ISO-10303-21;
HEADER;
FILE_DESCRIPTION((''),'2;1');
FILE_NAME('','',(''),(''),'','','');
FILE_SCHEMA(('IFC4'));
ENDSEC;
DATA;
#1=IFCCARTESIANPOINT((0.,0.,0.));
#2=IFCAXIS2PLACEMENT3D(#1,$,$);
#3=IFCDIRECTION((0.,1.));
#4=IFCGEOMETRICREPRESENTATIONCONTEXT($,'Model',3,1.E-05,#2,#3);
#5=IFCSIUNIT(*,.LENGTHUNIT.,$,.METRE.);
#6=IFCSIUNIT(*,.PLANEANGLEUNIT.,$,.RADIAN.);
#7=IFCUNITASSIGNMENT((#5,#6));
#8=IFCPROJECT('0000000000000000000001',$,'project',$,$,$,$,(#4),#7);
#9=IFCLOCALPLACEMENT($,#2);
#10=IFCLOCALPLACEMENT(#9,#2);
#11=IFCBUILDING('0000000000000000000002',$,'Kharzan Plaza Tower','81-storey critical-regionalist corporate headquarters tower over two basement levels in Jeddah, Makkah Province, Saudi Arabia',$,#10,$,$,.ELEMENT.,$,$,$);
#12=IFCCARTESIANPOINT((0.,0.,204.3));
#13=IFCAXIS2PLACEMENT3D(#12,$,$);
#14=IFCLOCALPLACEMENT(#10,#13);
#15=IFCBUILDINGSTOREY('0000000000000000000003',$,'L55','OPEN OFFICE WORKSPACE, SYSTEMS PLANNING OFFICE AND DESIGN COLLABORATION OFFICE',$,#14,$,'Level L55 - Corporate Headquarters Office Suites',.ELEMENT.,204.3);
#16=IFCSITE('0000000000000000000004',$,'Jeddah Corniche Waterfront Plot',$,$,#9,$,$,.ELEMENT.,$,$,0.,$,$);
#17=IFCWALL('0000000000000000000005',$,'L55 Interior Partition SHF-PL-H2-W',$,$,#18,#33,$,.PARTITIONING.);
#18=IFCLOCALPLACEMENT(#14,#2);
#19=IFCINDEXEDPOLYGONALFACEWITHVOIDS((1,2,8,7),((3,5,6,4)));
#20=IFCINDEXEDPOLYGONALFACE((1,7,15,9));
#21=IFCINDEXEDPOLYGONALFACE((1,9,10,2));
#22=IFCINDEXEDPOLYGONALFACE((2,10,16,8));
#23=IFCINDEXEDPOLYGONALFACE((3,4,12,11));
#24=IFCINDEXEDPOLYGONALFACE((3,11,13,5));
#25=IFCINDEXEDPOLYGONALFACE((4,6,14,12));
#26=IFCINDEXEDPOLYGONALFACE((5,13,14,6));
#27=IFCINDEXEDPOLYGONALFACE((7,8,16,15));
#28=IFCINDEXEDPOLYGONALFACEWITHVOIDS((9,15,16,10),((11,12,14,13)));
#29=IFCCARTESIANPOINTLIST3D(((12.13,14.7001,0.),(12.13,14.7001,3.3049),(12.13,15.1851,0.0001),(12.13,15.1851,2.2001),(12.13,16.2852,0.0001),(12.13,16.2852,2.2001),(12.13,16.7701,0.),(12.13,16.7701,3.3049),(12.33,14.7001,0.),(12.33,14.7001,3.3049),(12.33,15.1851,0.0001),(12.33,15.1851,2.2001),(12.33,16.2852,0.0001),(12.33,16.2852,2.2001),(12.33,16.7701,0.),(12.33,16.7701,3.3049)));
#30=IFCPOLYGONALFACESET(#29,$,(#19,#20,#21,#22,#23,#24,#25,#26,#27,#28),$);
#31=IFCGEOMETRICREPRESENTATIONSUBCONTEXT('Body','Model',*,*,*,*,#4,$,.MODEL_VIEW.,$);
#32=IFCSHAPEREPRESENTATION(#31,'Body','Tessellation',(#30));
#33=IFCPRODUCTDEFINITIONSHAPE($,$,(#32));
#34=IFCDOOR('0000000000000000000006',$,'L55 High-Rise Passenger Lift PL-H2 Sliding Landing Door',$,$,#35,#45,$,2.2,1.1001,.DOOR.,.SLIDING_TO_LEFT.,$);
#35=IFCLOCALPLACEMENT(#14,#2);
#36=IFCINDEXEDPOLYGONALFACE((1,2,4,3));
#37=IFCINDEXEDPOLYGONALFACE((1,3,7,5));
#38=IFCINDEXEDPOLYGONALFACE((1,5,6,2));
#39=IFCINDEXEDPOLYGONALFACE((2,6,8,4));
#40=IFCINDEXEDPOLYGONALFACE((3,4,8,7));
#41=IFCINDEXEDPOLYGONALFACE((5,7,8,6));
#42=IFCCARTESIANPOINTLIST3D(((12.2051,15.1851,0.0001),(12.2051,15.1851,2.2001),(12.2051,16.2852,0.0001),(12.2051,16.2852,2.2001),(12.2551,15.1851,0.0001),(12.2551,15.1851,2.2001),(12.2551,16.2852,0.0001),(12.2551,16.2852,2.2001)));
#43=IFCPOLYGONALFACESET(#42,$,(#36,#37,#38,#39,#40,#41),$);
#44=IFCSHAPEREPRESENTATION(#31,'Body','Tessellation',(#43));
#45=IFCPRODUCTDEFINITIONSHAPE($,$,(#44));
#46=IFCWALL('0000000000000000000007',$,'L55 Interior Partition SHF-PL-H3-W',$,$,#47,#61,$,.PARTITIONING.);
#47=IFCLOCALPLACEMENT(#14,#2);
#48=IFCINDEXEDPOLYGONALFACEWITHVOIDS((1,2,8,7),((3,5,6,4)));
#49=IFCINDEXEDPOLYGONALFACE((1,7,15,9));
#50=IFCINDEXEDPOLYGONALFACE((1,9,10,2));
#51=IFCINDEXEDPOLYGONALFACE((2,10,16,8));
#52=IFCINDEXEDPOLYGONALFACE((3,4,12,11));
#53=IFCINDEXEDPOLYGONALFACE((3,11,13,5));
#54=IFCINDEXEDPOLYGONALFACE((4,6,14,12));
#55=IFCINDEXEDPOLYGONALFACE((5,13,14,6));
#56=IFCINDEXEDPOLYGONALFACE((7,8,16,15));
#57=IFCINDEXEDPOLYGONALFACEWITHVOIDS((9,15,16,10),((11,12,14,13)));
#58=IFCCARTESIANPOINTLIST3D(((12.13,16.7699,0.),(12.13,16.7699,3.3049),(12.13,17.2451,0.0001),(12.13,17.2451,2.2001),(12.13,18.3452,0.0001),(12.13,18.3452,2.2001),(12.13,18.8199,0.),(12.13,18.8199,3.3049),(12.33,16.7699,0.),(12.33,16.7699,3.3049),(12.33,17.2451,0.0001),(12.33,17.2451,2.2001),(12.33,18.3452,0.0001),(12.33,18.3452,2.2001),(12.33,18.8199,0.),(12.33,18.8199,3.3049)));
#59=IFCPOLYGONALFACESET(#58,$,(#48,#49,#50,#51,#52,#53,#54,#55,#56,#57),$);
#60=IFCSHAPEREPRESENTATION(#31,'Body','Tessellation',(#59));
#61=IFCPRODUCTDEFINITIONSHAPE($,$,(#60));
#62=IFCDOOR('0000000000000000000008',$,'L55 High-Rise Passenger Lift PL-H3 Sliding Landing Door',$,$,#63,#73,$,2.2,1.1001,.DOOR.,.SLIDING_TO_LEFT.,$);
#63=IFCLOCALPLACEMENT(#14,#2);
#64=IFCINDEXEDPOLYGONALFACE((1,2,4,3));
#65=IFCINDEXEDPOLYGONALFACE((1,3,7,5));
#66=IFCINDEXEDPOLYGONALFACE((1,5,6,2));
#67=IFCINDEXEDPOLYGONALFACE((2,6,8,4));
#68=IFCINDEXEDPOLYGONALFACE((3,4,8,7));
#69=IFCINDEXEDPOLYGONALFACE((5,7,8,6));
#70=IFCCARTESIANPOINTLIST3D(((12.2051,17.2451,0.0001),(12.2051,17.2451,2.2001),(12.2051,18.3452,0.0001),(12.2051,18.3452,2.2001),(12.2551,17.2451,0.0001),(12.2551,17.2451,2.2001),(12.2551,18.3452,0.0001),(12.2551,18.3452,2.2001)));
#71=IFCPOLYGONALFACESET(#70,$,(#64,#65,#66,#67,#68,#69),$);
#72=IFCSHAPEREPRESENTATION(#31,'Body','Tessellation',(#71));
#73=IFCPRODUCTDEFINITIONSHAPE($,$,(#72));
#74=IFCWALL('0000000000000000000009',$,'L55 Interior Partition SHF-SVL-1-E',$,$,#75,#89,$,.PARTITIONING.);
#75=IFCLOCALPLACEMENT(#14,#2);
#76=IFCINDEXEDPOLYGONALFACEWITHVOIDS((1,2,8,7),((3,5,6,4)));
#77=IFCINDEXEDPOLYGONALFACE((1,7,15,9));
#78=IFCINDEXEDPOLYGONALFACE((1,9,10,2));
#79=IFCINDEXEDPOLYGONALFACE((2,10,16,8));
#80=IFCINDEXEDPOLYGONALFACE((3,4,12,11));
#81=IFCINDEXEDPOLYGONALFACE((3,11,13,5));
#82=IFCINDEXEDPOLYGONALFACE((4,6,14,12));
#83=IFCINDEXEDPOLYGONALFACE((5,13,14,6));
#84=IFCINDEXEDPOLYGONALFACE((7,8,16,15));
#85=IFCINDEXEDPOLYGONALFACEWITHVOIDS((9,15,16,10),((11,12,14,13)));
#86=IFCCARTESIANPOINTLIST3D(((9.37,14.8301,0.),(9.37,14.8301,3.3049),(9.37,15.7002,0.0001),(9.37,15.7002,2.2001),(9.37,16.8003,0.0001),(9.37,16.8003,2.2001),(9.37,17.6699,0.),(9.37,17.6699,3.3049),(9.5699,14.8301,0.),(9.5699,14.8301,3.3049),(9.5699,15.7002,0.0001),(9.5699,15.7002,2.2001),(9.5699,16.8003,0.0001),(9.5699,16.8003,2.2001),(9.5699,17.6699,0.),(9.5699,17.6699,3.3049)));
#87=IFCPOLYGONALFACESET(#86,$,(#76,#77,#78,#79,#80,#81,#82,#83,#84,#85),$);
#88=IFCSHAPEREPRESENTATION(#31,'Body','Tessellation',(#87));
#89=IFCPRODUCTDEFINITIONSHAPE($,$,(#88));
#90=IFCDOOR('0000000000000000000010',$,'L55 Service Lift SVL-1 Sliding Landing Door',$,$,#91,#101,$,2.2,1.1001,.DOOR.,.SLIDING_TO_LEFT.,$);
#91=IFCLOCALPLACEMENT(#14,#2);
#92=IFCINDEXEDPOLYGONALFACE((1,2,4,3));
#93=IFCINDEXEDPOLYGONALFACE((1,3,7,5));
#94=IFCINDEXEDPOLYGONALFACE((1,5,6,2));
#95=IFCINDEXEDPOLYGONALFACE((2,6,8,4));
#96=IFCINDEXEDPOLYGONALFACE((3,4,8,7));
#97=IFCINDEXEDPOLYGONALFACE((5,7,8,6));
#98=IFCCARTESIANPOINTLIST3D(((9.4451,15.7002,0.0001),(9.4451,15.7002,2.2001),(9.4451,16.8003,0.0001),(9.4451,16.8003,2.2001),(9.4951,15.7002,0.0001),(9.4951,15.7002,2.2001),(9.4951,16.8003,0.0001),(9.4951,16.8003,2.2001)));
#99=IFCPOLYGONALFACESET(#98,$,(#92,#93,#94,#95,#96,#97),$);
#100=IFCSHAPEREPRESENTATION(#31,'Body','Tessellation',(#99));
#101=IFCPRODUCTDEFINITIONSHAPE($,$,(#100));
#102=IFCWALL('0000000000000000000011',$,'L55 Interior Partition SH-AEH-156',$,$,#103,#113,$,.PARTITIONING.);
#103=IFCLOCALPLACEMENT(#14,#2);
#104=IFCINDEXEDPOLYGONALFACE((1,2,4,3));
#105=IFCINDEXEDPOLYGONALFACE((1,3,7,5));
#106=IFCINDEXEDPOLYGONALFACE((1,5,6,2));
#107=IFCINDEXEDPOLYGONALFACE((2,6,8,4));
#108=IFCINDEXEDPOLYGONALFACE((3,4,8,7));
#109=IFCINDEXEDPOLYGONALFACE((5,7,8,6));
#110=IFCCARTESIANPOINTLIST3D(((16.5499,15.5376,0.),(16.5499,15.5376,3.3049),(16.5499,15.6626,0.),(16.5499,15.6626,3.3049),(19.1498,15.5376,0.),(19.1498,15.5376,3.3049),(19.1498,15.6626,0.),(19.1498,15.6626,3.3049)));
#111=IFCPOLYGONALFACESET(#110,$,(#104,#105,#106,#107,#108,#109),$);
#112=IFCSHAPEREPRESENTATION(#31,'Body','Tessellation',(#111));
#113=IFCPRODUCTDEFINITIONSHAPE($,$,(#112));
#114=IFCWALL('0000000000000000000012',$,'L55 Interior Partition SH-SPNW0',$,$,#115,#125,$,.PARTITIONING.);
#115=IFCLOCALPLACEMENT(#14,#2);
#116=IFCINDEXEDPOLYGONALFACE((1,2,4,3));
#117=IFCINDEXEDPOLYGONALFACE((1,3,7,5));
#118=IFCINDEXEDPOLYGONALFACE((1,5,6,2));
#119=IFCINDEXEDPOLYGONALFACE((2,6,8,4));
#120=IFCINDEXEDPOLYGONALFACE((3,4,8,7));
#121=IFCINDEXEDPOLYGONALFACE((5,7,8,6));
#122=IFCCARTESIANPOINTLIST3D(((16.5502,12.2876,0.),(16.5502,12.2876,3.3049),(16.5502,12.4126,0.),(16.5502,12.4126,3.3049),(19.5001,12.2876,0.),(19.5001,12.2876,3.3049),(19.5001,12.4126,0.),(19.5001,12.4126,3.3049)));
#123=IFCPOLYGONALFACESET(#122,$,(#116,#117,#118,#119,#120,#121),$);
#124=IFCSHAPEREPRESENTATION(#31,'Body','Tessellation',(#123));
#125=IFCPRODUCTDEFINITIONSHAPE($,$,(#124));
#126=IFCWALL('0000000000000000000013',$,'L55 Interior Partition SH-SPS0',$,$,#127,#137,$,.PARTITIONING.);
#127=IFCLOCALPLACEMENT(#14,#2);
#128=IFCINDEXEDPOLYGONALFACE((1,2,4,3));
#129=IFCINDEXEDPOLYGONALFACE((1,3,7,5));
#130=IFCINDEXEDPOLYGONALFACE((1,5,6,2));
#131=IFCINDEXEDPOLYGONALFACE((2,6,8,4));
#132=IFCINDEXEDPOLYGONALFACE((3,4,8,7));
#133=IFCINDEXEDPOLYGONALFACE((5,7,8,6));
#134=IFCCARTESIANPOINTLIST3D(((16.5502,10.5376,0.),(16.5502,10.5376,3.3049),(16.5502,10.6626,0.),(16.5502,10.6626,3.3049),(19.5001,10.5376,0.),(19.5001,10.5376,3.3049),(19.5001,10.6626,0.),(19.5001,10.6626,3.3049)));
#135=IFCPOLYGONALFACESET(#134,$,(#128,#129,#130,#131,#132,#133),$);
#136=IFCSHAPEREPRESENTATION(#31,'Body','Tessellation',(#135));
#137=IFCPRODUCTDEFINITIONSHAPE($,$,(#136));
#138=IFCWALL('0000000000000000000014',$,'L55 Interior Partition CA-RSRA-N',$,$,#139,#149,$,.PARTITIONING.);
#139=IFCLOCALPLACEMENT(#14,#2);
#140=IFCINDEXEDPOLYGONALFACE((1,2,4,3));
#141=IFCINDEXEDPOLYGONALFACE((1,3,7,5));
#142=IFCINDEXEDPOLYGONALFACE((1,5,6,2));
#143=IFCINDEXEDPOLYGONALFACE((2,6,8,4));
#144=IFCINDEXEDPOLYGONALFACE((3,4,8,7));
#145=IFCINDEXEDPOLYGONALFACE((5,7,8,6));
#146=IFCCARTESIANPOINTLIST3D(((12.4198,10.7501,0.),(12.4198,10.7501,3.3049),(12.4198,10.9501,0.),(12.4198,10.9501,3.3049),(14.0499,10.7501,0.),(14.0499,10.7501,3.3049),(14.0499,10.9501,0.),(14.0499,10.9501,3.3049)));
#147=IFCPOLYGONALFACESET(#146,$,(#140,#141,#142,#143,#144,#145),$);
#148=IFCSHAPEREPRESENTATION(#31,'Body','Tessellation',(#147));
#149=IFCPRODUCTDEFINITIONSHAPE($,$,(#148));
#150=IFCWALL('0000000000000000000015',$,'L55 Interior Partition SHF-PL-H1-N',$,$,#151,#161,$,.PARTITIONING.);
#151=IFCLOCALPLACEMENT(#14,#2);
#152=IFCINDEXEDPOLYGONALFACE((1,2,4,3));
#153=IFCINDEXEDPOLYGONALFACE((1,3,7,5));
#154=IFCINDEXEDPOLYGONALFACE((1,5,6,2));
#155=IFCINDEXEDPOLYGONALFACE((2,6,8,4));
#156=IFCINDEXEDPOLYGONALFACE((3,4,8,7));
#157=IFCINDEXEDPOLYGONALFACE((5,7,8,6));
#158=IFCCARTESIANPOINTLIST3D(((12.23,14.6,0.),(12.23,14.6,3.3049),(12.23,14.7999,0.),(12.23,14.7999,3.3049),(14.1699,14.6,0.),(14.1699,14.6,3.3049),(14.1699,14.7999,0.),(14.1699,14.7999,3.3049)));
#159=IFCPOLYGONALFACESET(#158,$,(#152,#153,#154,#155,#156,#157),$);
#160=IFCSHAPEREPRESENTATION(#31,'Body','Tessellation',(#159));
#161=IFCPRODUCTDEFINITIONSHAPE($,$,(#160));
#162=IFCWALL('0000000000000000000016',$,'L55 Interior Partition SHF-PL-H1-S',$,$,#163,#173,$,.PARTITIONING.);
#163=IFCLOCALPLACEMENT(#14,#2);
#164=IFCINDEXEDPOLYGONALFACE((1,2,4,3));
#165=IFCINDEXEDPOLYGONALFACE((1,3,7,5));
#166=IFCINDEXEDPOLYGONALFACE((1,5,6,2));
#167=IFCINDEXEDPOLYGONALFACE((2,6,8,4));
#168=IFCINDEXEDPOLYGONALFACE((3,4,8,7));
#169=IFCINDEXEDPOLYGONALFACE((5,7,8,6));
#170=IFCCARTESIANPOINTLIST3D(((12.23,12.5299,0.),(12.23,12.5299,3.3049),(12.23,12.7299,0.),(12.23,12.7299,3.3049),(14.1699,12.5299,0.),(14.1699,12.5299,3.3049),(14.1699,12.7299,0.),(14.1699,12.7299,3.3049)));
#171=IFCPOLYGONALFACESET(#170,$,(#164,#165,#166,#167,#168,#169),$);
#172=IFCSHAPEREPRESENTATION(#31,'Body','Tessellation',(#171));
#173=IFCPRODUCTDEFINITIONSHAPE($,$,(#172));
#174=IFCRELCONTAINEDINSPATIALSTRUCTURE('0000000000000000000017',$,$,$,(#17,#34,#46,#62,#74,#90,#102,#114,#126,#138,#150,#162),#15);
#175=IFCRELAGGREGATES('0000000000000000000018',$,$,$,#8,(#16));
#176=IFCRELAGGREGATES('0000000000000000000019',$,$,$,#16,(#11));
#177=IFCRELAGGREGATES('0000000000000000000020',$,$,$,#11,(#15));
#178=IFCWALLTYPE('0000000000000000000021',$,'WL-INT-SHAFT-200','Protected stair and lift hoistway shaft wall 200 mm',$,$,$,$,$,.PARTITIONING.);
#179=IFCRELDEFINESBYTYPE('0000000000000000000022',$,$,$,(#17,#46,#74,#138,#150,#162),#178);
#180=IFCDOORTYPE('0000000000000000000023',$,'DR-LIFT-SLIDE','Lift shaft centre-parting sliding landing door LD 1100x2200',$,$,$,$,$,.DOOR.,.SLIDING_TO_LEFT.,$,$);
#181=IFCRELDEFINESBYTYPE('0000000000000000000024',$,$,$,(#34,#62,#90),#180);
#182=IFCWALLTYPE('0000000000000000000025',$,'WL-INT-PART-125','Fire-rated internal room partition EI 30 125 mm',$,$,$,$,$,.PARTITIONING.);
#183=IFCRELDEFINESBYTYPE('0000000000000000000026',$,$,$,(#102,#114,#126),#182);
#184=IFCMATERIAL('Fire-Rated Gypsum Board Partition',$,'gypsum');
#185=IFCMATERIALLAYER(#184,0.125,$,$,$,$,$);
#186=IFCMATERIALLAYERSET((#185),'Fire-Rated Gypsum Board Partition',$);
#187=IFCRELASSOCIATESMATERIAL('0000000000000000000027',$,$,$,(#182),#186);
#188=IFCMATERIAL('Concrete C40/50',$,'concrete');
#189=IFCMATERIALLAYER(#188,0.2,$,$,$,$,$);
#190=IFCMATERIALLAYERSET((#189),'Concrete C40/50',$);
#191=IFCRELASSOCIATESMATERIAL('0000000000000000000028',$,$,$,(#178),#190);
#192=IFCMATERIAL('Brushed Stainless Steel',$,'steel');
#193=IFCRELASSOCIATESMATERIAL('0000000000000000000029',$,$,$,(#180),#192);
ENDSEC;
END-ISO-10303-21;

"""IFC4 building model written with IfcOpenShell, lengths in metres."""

from ifc_helpers import new_model, si_unit, direction, frame, frame_2d, origin, place, context, subcontext, project, spatial, rectangle, extrude, source, transform, mapped, material, layer, layer_set, type_object, element, fill, save


model = new_model("IFC4")

# Units and contexts
model_context = context("Model", 3, precision=1e-05, world=origin(), true_north=direction((0.0, 1.0)))
body_context = subcontext(model_context, "Body", "Model", "MODEL_VIEW")
ifc_project = project(units=[si_unit("LENGTHUNIT", "METRE"), si_unit("PLANEANGLEUNIT", "RADIAN")], contexts=[model_context])

# Site, building, storey
site_placement = place(None, origin())
site = spatial("IfcSite", under=ifc_project, at=site_placement, Name="Jeddah Corniche Waterfront Plot", CompositionType="ELEMENT", RefElevation=0.0)
building_placement = place(site_placement, origin())
building = spatial("IfcBuilding", under=site, at=building_placement, Name="Kharzan Plaza Tower", Description="81-storey critical-regionalist corporate headquarters tower over two basement levels in Jeddah, Makkah Province, Saudi Arabia", CompositionType="ELEMENT")
storey_placement = place(building_placement, frame((0.0, 0.0, 204.3)))
storey = spatial("IfcBuildingStorey", under=building, at=storey_placement, Name="L55", Description="OPEN OFFICE WORKSPACE, SYSTEMS PLANNING OFFICE AND DESIGN COLLABORATION OFFICE", LongName="Level L55 - Corporate Headquarters Office Suites", CompositionType="ELEMENT", Elevation=204.3)

# Walls, openings, doors
ifc_material_1 = material(Name="Fire-Rated Gypsum Board Partition", Category="gypsum")
ifc_layer_1 = layer(ifc_material_1, 0.125)
ifc_layer_set_1 = layer_set([ifc_layer_1], Name="Fire-Rated Gypsum Board Partition")
wall_type_1 = type_object("IfcWallType", Name="WL-INT-PART-125", Description="Fire-rated internal room partition EI 30 125 mm", PredefinedType="PARTITIONING", material=ifc_layer_set_1)
ifc_material_2 = material(Name="Concrete C40/50", Category="concrete")
ifc_layer_2 = layer(ifc_material_2, 0.2)
ifc_layer_set_2 = layer_set([ifc_layer_2], Name="Concrete C40/50")
wall_type_2 = type_object("IfcWallType", Name="WL-INT-SHAFT-200", Description="Protected stair and lift hoistway shaft wall 200 mm", PredefinedType="PARTITIONING", material=ifc_layer_set_2)
ifc_material_3 = material(Name="Brushed Stainless Steel", Category="steel")
door_type_1 = type_object("IfcDoorType", Name="DR-LIFT-SLIDE", Description="Lift shaft centre-parting sliding landing door LD 1100x2200", OperationType="SLIDING_TO_LEFT", PredefinedType="DOOR", material=ifc_material_3)
shared_shape_1 = source(origin(), body_context, "Body", "SweptSolid", [
    extrude(rectangle(XDim=1.1001, YDim=2.2, at=frame_2d((0.55, 1.1001))), frame((0.0, 0.0249, 0.0), z_axis=(0.0, -1.0, 0.0), x_axis=(1.0, 0.0, 0.0)), (0.0, 0.0, 1.0), 0.05),
])
wall_1_placement = place(storey_placement, frame((12.23, 14.7, 0.0), z_axis=(0.0, 0.0, 1.0), x_axis=(0.0, 1.0, 0.0)))
wall_1 = element("IfcWall", 1, at=wall_1_placement, inside=storey, type_object=wall_type_2, Name="L55 Interior Partition SHF-PL-H2-W", PredefinedType="PARTITIONING", context=body_context, shape_type="SweptSolid", body=[
    extrude(rectangle(XDim=2.0701, YDim=0.2, at=frame_2d((1.0352, 0.0))), origin(), (0.0, 0.0, 1.0), 3.3049),
])
opening_1_placement = place(wall_1_placement, frame((0.4851, 0.0, 0.0)))
opening_1 = element("IfcOpeningElement", 2, at=opening_1_placement, cuts=wall_1, PredefinedType="OPENING", context=body_context, shape_type="SweptSolid", body=[
    extrude(rectangle(XDim=1.1001, YDim=2.2, at=frame_2d((0.55, 1.1001))), frame((0.0, 0.1099, 0.0), z_axis=(0.0, -1.0, 0.0), x_axis=(1.0, 0.0, 0.0)), (0.0, 0.0, 1.0), 0.22),
])
door_1_placement = place(opening_1_placement, origin())
door_1 = element("IfcDoor", 3, at=door_1_placement, inside=storey, type_object=door_type_1, Name="L55 High-Rise Passenger Lift PL-H2 Sliding Landing Door", OperationType="SLIDING_TO_LEFT", OverallHeight=2.2, OverallWidth=1.1001, PredefinedType="DOOR", context=body_context, shape_type="MappedRepresentation", body=[
    mapped(shared_shape_1, transform((0.0, 0.0, 0.0), x_axis=(1.0, 0.0, 0.0), y_axis=(0.0, 1.0, 0.0), z_axis=(0.0, 0.0, 1.0))),
])
fill(opening_1, door_1)
wall_2_placement = place(storey_placement, frame((12.23, 16.77, 0.0), z_axis=(0.0, 0.0, 1.0), x_axis=(0.0, 1.0, 0.0)))
wall_2 = element("IfcWall", 4, at=wall_2_placement, inside=storey, type_object=wall_type_2, Name="L55 Interior Partition SHF-PL-H3-W", PredefinedType="PARTITIONING", context=body_context, shape_type="SweptSolid", body=[
    extrude(rectangle(XDim=2.05, YDim=0.2, at=frame_2d((1.0249, 0.0))), origin(), (0.0, 0.0, 1.0), 3.3049),
])
opening_2_placement = place(wall_2_placement, frame((0.4751, 0.0, 0.0)))
opening_2 = element("IfcOpeningElement", 5, at=opening_2_placement, cuts=wall_2, PredefinedType="OPENING", context=body_context, shape_type="SweptSolid", body=[
    extrude(rectangle(XDim=1.1001, YDim=2.2, at=frame_2d((0.55, 1.1001))), frame((0.0, 0.1099, 0.0), z_axis=(0.0, -1.0, 0.0), x_axis=(1.0, 0.0, 0.0)), (0.0, 0.0, 1.0), 0.22),
])
door_2_placement = place(opening_2_placement, origin())
door_2 = element("IfcDoor", 6, at=door_2_placement, inside=storey, type_object=door_type_1, Name="L55 High-Rise Passenger Lift PL-H3 Sliding Landing Door", OperationType="SLIDING_TO_LEFT", OverallHeight=2.2, OverallWidth=1.1001, PredefinedType="DOOR", context=body_context, shape_type="MappedRepresentation", body=[
    mapped(shared_shape_1, transform((0.0, 0.0, 0.0), x_axis=(1.0, 0.0, 0.0), y_axis=(0.0, 1.0, 0.0), z_axis=(0.0, 0.0, 1.0))),
])
fill(opening_2, door_2)
wall_3_placement = place(storey_placement, frame((9.47, 14.8301, 0.0), z_axis=(0.0, 0.0, 1.0), x_axis=(0.0, 1.0, 0.0)))
wall_3 = element("IfcWall", 7, at=wall_3_placement, inside=storey, type_object=wall_type_2, Name="L55 Interior Partition SHF-SVL-1-E", PredefinedType="PARTITIONING", context=body_context, shape_type="SweptSolid", body=[
    extrude(rectangle(XDim=2.8398, YDim=0.2, at=frame_2d((1.4199, 0.0))), origin(), (0.0, 0.0, 1.0), 3.3049),
])
opening_3_placement = place(wall_3_placement, frame((0.8701, 0.0, 0.0)))
opening_3 = element("IfcOpeningElement", 8, at=opening_3_placement, cuts=wall_3, PredefinedType="OPENING", context=body_context, shape_type="SweptSolid", body=[
    extrude(rectangle(XDim=1.1001, YDim=2.2, at=frame_2d((0.55, 1.1001))), frame((0.0, 0.1099, 0.0), z_axis=(0.0, -1.0, 0.0), x_axis=(1.0, 0.0, 0.0)), (0.0, 0.0, 1.0), 0.22),
])
door_3_placement = place(opening_3_placement, origin())
door_3 = element("IfcDoor", 9, at=door_3_placement, inside=storey, type_object=door_type_1, Name="L55 Service Lift SVL-1 Sliding Landing Door", OperationType="SLIDING_TO_LEFT", OverallHeight=2.2, OverallWidth=1.1001, PredefinedType="DOOR", context=body_context, shape_type="MappedRepresentation", body=[
    mapped(shared_shape_1, transform((0.0, 0.0, 0.0), x_axis=(1.0, 0.0, 0.0), y_axis=(0.0, 1.0, 0.0), z_axis=(0.0, 0.0, 1.0))),
])
fill(opening_3, door_3)

# Walls
shared_shape_2 = source(origin(), body_context, "Body", "SweptSolid", [
    extrude(rectangle(XDim=2.5999, YDim=0.125, at=frame_2d((1.2998, 0.0))), origin(), (0.0, 0.0, 1.0), 3.3049),
])
wall_4_placement = place(storey_placement, frame((16.55, 15.6001, 0.0), z_axis=(0.0, 0.0, 1.0), x_axis=(1.0, 0.0, 0.0)))
element("IfcWall", 10, at=wall_4_placement, inside=storey, type_object=wall_type_1, Name="L55 Interior Partition SH-AEH-156", PredefinedType="PARTITIONING", context=body_context, shape_type="MappedRepresentation", body=[
    mapped(shared_shape_2, transform((0.0, 0.0, 0.0), x_axis=(1.0, 0.0, 0.0), y_axis=(0.0, 1.0, 0.0), z_axis=(0.0, 0.0, 1.0))),
])
shared_shape_3 = source(origin(), body_context, "Body", "SweptSolid", [
    extrude(rectangle(XDim=2.95, YDim=0.125, at=frame_2d((1.4751, 0.0))), origin(), (0.0, 0.0, 1.0), 3.3049),
])
for number, where, z_axis, x_axis, name in (
    (11, (16.55, 12.3501, 0.0), (0.0, 0.0, 1.0), (1.0, 0.0, 0.0), "L55 Interior Partition SH-SPNW0"),
    (12, (16.55, 10.6001, 0.0), (0.0, 0.0, 1.0), (1.0, 0.0, 0.0), "L55 Interior Partition SH-SPS0"),
):
    element("IfcWall", number, at=place(storey_placement, frame(where, z_axis=z_axis, x_axis=x_axis)), inside=storey, type_object=wall_type_1, Name=name, PredefinedType="PARTITIONING", context=body_context, shape_type="MappedRepresentation", body=[
        mapped(shared_shape_3, transform((0.0, 0.0, 0.0), x_axis=(1.0, 0.0, 0.0), y_axis=(0.0, 1.0, 0.0), z_axis=(0.0, 0.0, 1.0))),
    ])
shared_shape_4 = source(origin(), body_context, "Body", "SweptSolid", [
    extrude(rectangle(XDim=1.6301, YDim=0.2, at=frame_2d((0.8149, 0.0))), origin(), (0.0, 0.0, 1.0), 3.3049),
])
wall_5_placement = place(storey_placement, frame((12.4199, 10.8501, 0.0), z_axis=(0.0, 0.0, 1.0), x_axis=(1.0, 0.0, 0.0)))
element("IfcWall", 13, at=wall_5_placement, inside=storey, type_object=wall_type_2, Name="L55 Interior Partition CA-RSRA-N", PredefinedType="PARTITIONING", context=body_context, shape_type="MappedRepresentation", body=[
    mapped(shared_shape_4, transform((0.0, 0.0, 0.0), x_axis=(1.0, 0.0, 0.0), y_axis=(0.0, 1.0, 0.0), z_axis=(0.0, 0.0, 1.0))),
])
shared_shape_5 = source(origin(), body_context, "Body", "SweptSolid", [
    extrude(rectangle(XDim=1.9399, YDim=0.2, at=frame_2d((0.97, 0.0))), origin(), (0.0, 0.0, 1.0), 3.3049),
])
for number, where, z_axis, x_axis, name in (
    (14, (12.23, 14.7, 0.0), (0.0, 0.0, 1.0), (1.0, 0.0, 0.0), "L55 Interior Partition SHF-PL-H1-N"),
    (15, (12.23, 12.6299, 0.0), (0.0, 0.0, 1.0), (1.0, 0.0, 0.0), "L55 Interior Partition SHF-PL-H1-S"),
):
    element("IfcWall", number, at=place(storey_placement, frame(where, z_axis=z_axis, x_axis=x_axis)), inside=storey, type_object=wall_type_2, Name=name, PredefinedType="PARTITIONING", context=body_context, shape_type="MappedRepresentation", body=[
        mapped(shared_shape_5, transform((0.0, 0.0, 0.0), x_axis=(1.0, 0.0, 0.0), y_axis=(0.0, 1.0, 0.0), z_axis=(0.0, 0.0, 1.0))),
    ])

save(model, "model.ifc")
